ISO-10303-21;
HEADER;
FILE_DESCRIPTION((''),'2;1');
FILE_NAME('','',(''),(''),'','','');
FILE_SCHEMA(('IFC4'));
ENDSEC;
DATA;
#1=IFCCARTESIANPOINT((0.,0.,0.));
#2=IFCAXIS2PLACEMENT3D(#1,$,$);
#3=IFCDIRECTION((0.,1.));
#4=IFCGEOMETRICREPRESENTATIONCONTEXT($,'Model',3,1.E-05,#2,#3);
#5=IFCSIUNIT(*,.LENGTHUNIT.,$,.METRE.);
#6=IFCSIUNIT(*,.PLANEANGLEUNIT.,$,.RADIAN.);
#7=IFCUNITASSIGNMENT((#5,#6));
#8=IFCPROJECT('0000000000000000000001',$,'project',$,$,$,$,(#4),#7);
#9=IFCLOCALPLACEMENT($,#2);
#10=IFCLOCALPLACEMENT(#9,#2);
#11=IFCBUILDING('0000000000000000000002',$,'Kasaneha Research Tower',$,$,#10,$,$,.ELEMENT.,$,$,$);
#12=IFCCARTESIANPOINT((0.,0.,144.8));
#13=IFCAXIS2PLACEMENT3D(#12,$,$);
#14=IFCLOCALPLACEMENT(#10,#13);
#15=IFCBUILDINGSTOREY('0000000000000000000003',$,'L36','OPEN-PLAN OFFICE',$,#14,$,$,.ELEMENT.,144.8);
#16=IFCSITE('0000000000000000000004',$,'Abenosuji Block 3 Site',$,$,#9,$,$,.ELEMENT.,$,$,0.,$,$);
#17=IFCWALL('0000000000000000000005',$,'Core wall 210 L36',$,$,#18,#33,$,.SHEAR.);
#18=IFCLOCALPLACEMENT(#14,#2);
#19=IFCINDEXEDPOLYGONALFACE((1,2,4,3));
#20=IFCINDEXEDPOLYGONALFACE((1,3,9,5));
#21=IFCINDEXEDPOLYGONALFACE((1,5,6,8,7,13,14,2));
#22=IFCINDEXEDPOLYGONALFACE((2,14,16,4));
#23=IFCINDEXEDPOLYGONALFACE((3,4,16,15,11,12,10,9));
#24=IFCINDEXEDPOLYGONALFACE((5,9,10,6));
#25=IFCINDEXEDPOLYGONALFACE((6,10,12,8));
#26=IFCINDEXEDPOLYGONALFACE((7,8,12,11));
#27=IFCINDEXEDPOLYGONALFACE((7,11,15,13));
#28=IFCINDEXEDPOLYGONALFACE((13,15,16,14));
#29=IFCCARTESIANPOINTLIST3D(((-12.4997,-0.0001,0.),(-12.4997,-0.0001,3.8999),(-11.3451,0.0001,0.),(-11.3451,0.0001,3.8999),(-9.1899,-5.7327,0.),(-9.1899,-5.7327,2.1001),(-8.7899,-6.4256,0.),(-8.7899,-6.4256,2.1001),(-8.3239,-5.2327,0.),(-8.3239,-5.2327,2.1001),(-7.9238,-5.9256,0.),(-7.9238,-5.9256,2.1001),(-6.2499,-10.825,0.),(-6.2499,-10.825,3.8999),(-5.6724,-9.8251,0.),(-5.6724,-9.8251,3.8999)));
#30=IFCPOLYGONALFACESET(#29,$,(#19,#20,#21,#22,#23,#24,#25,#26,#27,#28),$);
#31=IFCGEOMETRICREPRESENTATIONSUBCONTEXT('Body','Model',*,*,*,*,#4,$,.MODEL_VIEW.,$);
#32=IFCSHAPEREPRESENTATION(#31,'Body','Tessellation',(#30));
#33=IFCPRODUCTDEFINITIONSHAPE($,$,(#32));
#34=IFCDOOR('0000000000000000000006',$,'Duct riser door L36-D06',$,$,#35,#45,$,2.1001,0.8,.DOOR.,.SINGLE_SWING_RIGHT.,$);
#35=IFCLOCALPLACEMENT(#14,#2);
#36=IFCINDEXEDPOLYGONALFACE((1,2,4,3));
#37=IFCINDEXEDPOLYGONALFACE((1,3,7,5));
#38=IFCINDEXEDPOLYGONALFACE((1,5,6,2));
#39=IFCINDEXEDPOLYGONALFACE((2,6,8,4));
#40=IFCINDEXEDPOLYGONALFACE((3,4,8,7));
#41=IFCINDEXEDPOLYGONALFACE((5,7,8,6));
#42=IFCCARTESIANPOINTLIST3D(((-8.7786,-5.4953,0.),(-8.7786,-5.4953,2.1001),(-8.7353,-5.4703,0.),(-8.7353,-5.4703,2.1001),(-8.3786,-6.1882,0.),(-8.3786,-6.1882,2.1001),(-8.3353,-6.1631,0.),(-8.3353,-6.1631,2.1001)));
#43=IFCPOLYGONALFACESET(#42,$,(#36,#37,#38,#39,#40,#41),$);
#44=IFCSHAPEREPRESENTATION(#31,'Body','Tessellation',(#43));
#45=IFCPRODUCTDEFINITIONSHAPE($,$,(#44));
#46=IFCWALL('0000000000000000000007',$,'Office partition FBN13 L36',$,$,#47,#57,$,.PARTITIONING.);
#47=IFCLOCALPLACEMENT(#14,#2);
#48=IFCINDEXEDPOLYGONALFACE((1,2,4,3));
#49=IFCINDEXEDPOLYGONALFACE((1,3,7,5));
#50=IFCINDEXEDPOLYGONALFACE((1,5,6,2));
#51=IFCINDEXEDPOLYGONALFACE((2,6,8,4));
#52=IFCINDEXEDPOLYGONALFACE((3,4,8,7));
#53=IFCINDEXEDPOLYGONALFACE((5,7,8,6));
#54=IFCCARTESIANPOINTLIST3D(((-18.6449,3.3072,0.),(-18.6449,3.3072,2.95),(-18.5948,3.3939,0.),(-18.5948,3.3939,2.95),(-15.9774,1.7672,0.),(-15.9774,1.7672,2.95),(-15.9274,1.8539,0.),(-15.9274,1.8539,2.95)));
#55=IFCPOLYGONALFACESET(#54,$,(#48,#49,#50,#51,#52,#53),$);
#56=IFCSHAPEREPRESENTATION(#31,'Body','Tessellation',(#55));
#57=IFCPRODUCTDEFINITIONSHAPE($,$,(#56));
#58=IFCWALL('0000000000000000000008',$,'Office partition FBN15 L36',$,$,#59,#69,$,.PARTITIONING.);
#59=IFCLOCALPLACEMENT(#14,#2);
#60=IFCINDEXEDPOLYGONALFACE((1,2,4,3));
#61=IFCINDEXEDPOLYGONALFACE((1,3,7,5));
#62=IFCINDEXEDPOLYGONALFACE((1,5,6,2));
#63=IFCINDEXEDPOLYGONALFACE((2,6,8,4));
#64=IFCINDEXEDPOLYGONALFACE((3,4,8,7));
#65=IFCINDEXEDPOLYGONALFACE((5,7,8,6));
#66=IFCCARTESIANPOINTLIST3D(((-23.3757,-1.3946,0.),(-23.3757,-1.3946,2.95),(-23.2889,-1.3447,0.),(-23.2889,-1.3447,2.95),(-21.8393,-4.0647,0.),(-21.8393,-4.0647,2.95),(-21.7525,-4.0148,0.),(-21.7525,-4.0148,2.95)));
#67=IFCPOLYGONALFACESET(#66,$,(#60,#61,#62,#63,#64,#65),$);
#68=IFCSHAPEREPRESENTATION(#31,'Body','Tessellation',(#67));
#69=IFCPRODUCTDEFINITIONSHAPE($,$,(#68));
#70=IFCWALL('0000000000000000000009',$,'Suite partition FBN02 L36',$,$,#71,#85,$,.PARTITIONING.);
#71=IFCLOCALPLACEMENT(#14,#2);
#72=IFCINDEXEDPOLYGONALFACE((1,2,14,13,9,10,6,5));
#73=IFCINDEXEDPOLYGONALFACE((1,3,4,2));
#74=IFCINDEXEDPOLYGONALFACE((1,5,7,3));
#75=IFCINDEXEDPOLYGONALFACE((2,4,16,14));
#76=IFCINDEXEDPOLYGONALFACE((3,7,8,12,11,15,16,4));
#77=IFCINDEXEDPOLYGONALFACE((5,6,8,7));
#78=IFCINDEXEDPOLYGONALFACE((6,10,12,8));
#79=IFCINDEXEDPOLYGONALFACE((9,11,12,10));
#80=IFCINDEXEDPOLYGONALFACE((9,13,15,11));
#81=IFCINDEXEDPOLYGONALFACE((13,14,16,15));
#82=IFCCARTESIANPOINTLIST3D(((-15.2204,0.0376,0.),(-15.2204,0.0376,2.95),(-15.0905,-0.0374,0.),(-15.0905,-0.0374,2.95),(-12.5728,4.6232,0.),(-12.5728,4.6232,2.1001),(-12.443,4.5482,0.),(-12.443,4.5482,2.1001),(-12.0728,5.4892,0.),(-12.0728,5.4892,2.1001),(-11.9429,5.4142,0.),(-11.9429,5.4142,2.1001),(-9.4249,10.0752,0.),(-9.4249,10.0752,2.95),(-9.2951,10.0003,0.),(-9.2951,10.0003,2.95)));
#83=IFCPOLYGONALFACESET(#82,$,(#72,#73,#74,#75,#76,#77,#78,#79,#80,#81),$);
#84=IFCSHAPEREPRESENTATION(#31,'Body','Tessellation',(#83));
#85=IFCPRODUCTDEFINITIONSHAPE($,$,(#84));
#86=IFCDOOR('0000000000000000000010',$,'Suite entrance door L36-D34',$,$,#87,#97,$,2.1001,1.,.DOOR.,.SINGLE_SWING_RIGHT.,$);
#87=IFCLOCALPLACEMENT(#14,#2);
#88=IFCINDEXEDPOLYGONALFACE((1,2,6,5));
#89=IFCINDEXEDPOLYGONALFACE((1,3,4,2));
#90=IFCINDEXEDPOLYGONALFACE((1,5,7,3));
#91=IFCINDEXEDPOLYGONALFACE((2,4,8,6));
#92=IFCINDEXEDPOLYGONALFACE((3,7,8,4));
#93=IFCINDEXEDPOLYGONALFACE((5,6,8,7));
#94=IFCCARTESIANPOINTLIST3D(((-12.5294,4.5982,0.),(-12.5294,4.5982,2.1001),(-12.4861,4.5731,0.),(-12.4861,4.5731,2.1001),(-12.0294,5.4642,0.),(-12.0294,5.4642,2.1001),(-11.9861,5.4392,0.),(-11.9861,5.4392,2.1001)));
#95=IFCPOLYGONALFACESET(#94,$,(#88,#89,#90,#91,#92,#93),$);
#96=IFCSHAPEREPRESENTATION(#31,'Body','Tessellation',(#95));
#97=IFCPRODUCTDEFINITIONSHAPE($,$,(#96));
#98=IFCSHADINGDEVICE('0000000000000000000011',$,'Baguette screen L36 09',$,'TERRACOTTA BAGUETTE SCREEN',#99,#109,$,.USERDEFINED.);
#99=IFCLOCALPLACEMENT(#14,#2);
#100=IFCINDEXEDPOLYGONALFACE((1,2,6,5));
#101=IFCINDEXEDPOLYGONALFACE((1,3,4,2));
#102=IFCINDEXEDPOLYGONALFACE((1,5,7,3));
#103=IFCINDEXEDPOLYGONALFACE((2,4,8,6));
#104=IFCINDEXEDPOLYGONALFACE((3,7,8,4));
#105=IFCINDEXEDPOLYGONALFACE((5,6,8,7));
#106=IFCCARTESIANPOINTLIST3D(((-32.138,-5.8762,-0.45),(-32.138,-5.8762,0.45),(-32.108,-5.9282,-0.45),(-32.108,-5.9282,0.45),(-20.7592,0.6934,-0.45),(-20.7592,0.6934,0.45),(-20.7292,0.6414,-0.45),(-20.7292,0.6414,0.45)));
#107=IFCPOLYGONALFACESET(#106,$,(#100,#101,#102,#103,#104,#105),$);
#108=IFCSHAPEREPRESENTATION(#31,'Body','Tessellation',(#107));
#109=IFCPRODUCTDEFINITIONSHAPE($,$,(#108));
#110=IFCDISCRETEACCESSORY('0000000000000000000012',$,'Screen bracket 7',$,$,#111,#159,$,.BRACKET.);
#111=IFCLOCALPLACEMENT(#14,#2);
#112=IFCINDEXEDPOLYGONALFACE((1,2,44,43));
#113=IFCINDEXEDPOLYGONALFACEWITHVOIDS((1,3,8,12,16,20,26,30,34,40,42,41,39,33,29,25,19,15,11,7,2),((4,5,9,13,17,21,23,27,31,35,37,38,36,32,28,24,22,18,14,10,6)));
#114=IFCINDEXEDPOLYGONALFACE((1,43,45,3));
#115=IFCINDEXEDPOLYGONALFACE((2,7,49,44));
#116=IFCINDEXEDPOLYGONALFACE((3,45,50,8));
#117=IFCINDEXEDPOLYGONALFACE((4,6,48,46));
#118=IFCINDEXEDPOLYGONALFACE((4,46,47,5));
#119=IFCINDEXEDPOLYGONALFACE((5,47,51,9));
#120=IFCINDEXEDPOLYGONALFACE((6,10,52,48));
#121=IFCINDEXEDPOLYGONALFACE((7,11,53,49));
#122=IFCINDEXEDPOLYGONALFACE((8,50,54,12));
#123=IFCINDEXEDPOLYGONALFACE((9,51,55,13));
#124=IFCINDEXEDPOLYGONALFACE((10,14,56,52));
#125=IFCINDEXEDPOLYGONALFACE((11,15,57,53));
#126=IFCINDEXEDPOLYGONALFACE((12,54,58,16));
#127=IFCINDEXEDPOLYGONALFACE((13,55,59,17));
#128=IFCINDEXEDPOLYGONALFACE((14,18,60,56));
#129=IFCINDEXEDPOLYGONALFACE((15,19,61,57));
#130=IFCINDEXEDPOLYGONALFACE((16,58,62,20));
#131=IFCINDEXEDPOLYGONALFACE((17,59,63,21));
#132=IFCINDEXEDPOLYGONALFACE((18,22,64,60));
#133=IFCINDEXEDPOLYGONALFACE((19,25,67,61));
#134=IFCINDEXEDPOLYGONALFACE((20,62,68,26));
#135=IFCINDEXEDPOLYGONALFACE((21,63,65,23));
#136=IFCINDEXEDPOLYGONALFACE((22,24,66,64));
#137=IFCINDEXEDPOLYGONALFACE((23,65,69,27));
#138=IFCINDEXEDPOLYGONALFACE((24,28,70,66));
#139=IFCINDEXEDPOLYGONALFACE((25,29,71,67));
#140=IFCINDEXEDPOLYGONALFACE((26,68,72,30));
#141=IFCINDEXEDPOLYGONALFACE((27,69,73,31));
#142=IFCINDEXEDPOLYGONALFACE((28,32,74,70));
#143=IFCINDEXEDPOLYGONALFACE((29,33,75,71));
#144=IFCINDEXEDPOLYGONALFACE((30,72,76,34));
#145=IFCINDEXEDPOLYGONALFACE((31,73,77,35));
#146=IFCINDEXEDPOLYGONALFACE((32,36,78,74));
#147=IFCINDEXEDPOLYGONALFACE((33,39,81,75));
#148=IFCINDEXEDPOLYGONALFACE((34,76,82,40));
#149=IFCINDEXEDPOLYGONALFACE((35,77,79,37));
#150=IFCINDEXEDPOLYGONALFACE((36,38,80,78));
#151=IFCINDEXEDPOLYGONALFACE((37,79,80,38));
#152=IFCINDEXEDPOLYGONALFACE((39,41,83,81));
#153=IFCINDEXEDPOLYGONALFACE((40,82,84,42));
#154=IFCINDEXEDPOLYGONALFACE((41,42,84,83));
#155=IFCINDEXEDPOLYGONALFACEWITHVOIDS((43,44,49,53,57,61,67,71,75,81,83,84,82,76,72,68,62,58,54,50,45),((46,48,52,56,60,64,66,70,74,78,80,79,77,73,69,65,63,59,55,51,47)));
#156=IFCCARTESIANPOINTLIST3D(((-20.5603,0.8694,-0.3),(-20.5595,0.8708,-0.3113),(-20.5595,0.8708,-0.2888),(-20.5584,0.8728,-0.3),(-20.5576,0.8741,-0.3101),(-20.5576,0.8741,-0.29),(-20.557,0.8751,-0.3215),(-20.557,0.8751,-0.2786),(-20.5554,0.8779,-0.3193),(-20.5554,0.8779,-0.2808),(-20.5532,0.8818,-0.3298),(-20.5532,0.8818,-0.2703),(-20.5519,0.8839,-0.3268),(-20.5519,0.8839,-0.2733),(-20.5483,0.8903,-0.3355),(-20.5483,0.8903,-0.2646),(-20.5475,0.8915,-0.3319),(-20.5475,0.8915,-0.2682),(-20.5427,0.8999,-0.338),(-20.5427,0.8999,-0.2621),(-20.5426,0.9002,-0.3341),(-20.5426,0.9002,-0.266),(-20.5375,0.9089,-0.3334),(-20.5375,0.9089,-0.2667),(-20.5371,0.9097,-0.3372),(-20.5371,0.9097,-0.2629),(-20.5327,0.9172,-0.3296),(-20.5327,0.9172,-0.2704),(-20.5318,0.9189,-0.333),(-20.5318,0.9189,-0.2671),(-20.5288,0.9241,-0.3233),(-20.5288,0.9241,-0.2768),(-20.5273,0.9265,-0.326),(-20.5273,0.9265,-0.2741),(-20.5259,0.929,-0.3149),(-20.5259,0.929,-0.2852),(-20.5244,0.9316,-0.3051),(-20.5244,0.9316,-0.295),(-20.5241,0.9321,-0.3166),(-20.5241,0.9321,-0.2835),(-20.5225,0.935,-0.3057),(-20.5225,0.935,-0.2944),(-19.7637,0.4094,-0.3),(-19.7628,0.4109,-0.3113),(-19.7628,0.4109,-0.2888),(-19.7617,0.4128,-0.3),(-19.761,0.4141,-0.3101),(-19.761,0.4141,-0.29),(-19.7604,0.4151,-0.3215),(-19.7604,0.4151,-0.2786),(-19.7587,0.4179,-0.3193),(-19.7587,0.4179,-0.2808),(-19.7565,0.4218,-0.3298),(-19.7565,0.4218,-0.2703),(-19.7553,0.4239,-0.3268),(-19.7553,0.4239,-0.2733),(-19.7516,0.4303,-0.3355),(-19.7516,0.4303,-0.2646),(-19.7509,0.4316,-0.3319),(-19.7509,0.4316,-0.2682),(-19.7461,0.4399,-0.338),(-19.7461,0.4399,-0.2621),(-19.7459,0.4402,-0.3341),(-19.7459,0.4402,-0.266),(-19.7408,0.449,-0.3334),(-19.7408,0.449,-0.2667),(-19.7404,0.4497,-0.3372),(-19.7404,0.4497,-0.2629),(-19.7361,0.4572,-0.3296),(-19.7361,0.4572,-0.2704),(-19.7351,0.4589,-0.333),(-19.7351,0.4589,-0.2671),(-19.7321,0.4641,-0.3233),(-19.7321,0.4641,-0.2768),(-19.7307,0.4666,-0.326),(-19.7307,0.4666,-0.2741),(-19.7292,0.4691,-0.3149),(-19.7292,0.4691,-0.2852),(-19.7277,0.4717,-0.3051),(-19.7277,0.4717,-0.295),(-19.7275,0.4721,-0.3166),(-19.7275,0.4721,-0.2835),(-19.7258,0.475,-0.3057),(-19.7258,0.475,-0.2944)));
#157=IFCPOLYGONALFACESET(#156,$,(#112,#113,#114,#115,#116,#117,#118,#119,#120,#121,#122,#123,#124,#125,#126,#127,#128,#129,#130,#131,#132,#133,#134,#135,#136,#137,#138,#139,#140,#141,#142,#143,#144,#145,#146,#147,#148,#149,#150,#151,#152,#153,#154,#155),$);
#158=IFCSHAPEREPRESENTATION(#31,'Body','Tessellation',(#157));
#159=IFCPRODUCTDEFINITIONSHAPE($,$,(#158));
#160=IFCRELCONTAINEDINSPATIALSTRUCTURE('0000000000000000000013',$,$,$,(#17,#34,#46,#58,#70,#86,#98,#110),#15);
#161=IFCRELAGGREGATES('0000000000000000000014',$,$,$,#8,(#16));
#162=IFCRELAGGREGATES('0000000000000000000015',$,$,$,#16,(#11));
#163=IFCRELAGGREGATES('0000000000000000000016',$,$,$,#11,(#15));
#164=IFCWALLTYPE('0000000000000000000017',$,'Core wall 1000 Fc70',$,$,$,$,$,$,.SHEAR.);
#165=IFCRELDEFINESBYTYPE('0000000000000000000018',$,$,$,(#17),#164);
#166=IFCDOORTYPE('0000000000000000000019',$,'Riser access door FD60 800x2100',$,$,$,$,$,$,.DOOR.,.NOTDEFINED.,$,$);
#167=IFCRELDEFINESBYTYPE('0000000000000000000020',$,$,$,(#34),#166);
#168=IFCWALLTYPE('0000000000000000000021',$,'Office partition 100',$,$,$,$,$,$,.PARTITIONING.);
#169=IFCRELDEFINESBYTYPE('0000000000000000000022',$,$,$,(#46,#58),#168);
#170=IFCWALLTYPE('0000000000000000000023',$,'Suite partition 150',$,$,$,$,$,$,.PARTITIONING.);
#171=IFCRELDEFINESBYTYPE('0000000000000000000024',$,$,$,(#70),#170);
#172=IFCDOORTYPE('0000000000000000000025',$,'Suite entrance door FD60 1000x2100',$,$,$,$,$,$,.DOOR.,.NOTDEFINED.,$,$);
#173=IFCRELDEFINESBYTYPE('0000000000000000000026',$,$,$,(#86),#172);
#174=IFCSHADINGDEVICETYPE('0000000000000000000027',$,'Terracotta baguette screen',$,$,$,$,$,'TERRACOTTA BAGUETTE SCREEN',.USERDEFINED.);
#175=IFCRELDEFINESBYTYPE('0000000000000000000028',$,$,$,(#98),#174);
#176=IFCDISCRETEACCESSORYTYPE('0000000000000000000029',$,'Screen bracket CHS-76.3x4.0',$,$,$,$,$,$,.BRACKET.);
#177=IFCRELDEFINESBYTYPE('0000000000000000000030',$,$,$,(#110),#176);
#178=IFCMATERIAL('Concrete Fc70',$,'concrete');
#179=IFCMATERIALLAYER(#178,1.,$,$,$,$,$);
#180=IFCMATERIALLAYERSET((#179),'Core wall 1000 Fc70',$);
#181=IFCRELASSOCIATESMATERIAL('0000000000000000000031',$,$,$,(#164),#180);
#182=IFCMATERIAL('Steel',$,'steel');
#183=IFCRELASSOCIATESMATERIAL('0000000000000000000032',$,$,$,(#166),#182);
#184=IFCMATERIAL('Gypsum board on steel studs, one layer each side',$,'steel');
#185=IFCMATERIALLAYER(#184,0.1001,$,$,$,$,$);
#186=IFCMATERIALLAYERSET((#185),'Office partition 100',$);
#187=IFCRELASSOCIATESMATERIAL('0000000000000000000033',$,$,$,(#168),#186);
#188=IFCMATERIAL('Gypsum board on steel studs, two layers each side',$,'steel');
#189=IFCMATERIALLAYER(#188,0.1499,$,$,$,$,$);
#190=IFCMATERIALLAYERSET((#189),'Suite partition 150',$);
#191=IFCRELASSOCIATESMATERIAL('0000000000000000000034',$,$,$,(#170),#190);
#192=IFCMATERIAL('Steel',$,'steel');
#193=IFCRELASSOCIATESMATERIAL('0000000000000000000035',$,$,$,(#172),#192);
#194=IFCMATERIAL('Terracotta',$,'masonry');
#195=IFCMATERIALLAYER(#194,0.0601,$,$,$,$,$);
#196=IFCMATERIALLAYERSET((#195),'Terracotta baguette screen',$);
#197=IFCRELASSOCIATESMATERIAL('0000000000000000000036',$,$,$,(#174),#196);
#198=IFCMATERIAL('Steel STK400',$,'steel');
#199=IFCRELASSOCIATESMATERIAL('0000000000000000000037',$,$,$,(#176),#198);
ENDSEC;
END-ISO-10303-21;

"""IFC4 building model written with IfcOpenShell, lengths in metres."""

from ifc_helpers import new_model, si_unit, direction, frame, frame_2d, origin, origin_2d, place, context, subcontext, project, spatial, polyline, rectangle, hollow_circle, outline, extrude, material, layer, layer_set, material_profile, profile_set, type_object, element, fill, save


model = new_model("IFC4")

# Units and contexts
model_context = context("Model", 3, precision=1e-05, world=origin(), true_north=direction((0.0, 1.0)))
body_context = subcontext(model_context, "Body", "Model", "MODEL_VIEW")
ifc_project = project(units=[si_unit("LENGTHUNIT", "METRE"), si_unit("PLANEANGLEUNIT", "RADIAN")], contexts=[model_context])

# Site, building, storey
site_placement = place(None, origin())
site = spatial("IfcSite", under=ifc_project, at=site_placement, Name="Abenosuji Block 3 Site", CompositionType="ELEMENT", RefElevation=0.0)
building_placement = place(site_placement, origin())
building = spatial("IfcBuilding", under=site, at=building_placement, Name="Kasaneha Research Tower", CompositionType="ELEMENT")
storey_placement = place(building_placement, frame((0.0, 0.0, 144.8)))
storey = spatial("IfcBuildingStorey", under=building, at=storey_placement, Name="L36", Description="OPEN-PLAN OFFICE", CompositionType="ELEMENT", Elevation=144.8)

# Wall, opening, door
ifc_material_1 = material(Name="Concrete Fc70", Category="concrete")
ifc_layer_1 = layer(ifc_material_1, 1.0)
ifc_layer_set_1 = layer_set([ifc_layer_1], Name="Core wall 1000 Fc70")
wall_type_1 = type_object("IfcWallType", Name="Core wall 1000 Fc70", PredefinedType="SHEAR", material=ifc_layer_set_1)
wall_1_placement = place(storey_placement, frame((-11.9224, 0.0, 0.0), z_axis=(0.0, 0.0, 1.0), x_axis=(0.500004, -0.866023, 0.0)))
wall_1 = element("IfcWall", 1, at=wall_1_placement, inside=storey, type_object=wall_type_1, Name="Core wall 210 L36", PredefinedType="SHEAR", context=body_context, shape_type="SweptSolid", body=[
    extrude(outline(polyline([(-0.2886, -0.5), (6.3311, -0.5), (7.1311, -0.5), (12.2109, -0.5), (11.6338, 0.5), (7.1311, 0.5), (6.3311, 0.5), (0.2886, 0.5), (-0.2886, -0.5)])), origin(), (0.0, 0.0, 1.0), 3.8999),
])
opening_1_placement = place(wall_1_placement, frame((6.3311, 0.0, 0.0)))
opening_1 = element("IfcOpeningElement", 2, at=opening_1_placement, cuts=wall_1, PredefinedType="OPENING", context=body_context, shape_type="SweptSolid", body=[
    extrude(rectangle(XDim=0.8, YDim=2.1001, at=frame_2d((0.3999, 1.05))), frame((0.0, 0.51, 0.0), z_axis=(0.0, -1.0, 0.0), x_axis=(1.0, 0.0, 0.0)), (0.0, 0.0, 1.0), 1.02),
])
ifc_material_2 = material(Name="Steel", Category="steel")
door_type_1 = type_object("IfcDoorType", Name="Riser access door FD60 800x2100", OperationType="NOTDEFINED", PredefinedType="DOOR", material=ifc_material_2)
door_1_placement = place(opening_1_placement, origin())
door_1 = element("IfcDoor", 3, at=door_1_placement, inside=storey, type_object=door_type_1, Name="Duct riser door L36-D06", OperationType="SINGLE_SWING_RIGHT", OverallHeight=2.1001, OverallWidth=0.8, PredefinedType="DOOR", context=body_context, shape_type="SweptSolid", body=[
    extrude(rectangle(XDim=0.8, YDim=2.1001, at=frame_2d((0.3999, 1.05))), frame((0.0, 0.0249, 0.0), z_axis=(0.0, -1.0, 0.0), x_axis=(1.0, 0.0, 0.0)), (0.0, 0.0, 1.0), 0.05),
])
fill(opening_1, door_1)

# Walls
ifc_material_3 = material(Name="Gypsum board on steel studs, one layer each side", Category="steel")
ifc_layer_2 = layer(ifc_material_3, 0.1001)
ifc_layer_set_2 = layer_set([ifc_layer_2], Name="Office partition 100")
wall_type_2 = type_object("IfcWallType", Name="Office partition 100", PredefinedType="PARTITIONING", material=ifc_layer_set_2)
wall_2_placement = place(storey_placement, frame((-15.9524, 1.8105, 0.0), z_axis=(0.0, 0.0, 1.0), x_axis=(-0.86603, 0.499992, 0.0)))
element("IfcWall", 4, at=wall_2_placement, inside=storey, type_object=wall_type_2, Name="Office partition FBN13 L36", PredefinedType="PARTITIONING", context=body_context, shape_type="SweptSolid", body=[
    extrude(rectangle(XDim=3.0801, YDim=0.1001, at=frame_2d((1.54, 0.0))), origin(), (0.0, 0.0, 1.0), 2.95),
])
wall_3_placement = place(storey_placement, frame((-23.3323, -1.3696, 0.0), z_axis=(0.0, 0.0, 1.0), x_axis=(0.498723, -0.866762, 0.0)))
element("IfcWall", 5, at=wall_3_placement, inside=storey, type_object=wall_type_2, Name="Office partition FBN15 L36", PredefinedType="PARTITIONING", context=body_context, shape_type="SweptSolid", body=[
    extrude(rectangle(XDim=3.0806, YDim=0.1001, at=frame_2d((1.5403, 0.0))), origin(), (0.0, 0.0, 1.0), 2.95),
])

# Wall, opening, door
ifc_material_4 = material(Name="Gypsum board on steel studs, two layers each side", Category="steel")
ifc_layer_3 = layer(ifc_material_4, 0.1499)
ifc_layer_set_3 = layer_set([ifc_layer_3], Name="Suite partition 150")
wall_type_3 = type_object("IfcWallType", Name="Suite partition 150", PredefinedType="PARTITIONING", material=ifc_layer_set_3)
wall_4_placement = place(storey_placement, frame((-15.1555, 0.0, 0.0), z_axis=(0.0, 0.0, 1.0), x_axis=(0.500013, 0.866018, 0.0)))
wall_4 = element("IfcWall", 6, at=wall_4_placement, inside=storey, type_object=wall_type_3, Name="Suite partition FBN02 L36", PredefinedType="PARTITIONING", context=body_context, shape_type="SweptSolid", body=[
    extrude(rectangle(XDim=11.5906, YDim=0.1499, at=frame_2d((5.7954, 0.0))), origin(), (0.0, 0.0, 1.0), 2.95),
])
opening_2_placement = place(wall_4_placement, frame((5.2952, 0.0, 0.0)))
opening_2 = element("IfcOpeningElement", 7, at=opening_2_placement, cuts=wall_4, PredefinedType="OPENING", context=body_context, shape_type="SweptSolid", body=[
    extrude(rectangle(XDim=1.0, YDim=2.1001, at=frame_2d((0.5, 1.05))), frame((0.0, 0.085, 0.0), z_axis=(0.0, -1.0, 0.0), x_axis=(1.0, 0.0, 0.0)), (0.0, 0.0, 1.0), 0.1699),
])
ifc_material_5 = material(Name="Steel", Category="steel")
door_type_2 = type_object("IfcDoorType", Name="Suite entrance door FD60 1000x2100", OperationType="NOTDEFINED", PredefinedType="DOOR", material=ifc_material_5)
door_2_placement = place(opening_2_placement, origin())
door_2 = element("IfcDoor", 8, at=door_2_placement, inside=storey, type_object=door_type_2, Name="Suite entrance door L36-D34", OperationType="SINGLE_SWING_RIGHT", OverallHeight=2.1001, OverallWidth=1.0, PredefinedType="DOOR", context=body_context, shape_type="SweptSolid", body=[
    extrude(rectangle(XDim=1.0, YDim=2.1001, at=frame_2d((0.5, 1.05))), frame((0.0, 0.0249, 0.0), z_axis=(0.0, -1.0, 0.0), x_axis=(1.0, 0.0, 0.0)), (0.0, 0.0, 1.0), 0.05),
])
fill(opening_2, door_2)

# Shading device
ifc_material_6 = material(Name="Terracotta", Category="masonry")
ifc_layer_4 = layer(ifc_material_6, 0.0601)
ifc_layer_set_4 = layer_set([ifc_layer_4], Name="Terracotta baguette screen")
shading_device_type = type_object("IfcShadingDeviceType", Name="Terracotta baguette screen", ElementType="TERRACOTTA BAGUETTE SCREEN", PredefinedType="USERDEFINED", material=ifc_layer_set_4)
shading_device_placement = place(storey_placement, frame((-26.4336, -2.6174, -0.45), z_axis=(0.0, 0.0, 1.0), x_axis=(-0.866025, -0.5, 0.0)))
element("IfcShadingDevice", 9, at=shading_device_placement, inside=storey, type_object=shading_device_type, Name="Baguette screen L36 09", ObjectType="TERRACOTTA BAGUETTE SCREEN", PredefinedType="USERDEFINED", context=body_context, shape_type="SweptSolid", body=[
    extrude(rectangle(XDim=13.1392, YDim=0.0601, at=origin_2d()), origin(), (0.0, 0.0, 1.0), 0.8999),
])

# Discrete accessory
ifc_material_7 = material(Name="Steel STK400", Category="steel")
ifc_material_profile_1 = material_profile(ifc_material_7, hollow_circle(Radius=0.0381, WallThickness=0.0039, at=origin_2d()), Name="CHS-76.3x4.0")
ifc_profile_set_1 = profile_set([ifc_material_profile_1], Name="Steel STK400")
discrete_accessory_type = type_object("IfcDiscreteAccessoryType", Name="Screen bracket CHS-76.3x4.0", PredefinedType="BRACKET", material=ifc_profile_set_1)
for number, where, z_axis, x_axis, name in (
    (10, (-19.7446, 0.4424, -0.3), (-0.866013, 0.500021, 0.0), (-0.500021, -0.866013, 0.0), "Screen bracket 7"),
):
    element("IfcDiscreteAccessory", number, at=place(storey_placement, frame(where, z_axis=z_axis, x_axis=x_axis)), inside=storey, type_object=discrete_accessory_type, Name=name, PredefinedType="BRACKET", context=body_context, shape_type="SweptSolid", body=[
        extrude(hollow_circle(Radius=0.0381, WallThickness=0.0039, at=origin_2d()), origin(), (0.0, 0.0, 1.0), 0.9199),
    ])

save(model, "model.ifc")
